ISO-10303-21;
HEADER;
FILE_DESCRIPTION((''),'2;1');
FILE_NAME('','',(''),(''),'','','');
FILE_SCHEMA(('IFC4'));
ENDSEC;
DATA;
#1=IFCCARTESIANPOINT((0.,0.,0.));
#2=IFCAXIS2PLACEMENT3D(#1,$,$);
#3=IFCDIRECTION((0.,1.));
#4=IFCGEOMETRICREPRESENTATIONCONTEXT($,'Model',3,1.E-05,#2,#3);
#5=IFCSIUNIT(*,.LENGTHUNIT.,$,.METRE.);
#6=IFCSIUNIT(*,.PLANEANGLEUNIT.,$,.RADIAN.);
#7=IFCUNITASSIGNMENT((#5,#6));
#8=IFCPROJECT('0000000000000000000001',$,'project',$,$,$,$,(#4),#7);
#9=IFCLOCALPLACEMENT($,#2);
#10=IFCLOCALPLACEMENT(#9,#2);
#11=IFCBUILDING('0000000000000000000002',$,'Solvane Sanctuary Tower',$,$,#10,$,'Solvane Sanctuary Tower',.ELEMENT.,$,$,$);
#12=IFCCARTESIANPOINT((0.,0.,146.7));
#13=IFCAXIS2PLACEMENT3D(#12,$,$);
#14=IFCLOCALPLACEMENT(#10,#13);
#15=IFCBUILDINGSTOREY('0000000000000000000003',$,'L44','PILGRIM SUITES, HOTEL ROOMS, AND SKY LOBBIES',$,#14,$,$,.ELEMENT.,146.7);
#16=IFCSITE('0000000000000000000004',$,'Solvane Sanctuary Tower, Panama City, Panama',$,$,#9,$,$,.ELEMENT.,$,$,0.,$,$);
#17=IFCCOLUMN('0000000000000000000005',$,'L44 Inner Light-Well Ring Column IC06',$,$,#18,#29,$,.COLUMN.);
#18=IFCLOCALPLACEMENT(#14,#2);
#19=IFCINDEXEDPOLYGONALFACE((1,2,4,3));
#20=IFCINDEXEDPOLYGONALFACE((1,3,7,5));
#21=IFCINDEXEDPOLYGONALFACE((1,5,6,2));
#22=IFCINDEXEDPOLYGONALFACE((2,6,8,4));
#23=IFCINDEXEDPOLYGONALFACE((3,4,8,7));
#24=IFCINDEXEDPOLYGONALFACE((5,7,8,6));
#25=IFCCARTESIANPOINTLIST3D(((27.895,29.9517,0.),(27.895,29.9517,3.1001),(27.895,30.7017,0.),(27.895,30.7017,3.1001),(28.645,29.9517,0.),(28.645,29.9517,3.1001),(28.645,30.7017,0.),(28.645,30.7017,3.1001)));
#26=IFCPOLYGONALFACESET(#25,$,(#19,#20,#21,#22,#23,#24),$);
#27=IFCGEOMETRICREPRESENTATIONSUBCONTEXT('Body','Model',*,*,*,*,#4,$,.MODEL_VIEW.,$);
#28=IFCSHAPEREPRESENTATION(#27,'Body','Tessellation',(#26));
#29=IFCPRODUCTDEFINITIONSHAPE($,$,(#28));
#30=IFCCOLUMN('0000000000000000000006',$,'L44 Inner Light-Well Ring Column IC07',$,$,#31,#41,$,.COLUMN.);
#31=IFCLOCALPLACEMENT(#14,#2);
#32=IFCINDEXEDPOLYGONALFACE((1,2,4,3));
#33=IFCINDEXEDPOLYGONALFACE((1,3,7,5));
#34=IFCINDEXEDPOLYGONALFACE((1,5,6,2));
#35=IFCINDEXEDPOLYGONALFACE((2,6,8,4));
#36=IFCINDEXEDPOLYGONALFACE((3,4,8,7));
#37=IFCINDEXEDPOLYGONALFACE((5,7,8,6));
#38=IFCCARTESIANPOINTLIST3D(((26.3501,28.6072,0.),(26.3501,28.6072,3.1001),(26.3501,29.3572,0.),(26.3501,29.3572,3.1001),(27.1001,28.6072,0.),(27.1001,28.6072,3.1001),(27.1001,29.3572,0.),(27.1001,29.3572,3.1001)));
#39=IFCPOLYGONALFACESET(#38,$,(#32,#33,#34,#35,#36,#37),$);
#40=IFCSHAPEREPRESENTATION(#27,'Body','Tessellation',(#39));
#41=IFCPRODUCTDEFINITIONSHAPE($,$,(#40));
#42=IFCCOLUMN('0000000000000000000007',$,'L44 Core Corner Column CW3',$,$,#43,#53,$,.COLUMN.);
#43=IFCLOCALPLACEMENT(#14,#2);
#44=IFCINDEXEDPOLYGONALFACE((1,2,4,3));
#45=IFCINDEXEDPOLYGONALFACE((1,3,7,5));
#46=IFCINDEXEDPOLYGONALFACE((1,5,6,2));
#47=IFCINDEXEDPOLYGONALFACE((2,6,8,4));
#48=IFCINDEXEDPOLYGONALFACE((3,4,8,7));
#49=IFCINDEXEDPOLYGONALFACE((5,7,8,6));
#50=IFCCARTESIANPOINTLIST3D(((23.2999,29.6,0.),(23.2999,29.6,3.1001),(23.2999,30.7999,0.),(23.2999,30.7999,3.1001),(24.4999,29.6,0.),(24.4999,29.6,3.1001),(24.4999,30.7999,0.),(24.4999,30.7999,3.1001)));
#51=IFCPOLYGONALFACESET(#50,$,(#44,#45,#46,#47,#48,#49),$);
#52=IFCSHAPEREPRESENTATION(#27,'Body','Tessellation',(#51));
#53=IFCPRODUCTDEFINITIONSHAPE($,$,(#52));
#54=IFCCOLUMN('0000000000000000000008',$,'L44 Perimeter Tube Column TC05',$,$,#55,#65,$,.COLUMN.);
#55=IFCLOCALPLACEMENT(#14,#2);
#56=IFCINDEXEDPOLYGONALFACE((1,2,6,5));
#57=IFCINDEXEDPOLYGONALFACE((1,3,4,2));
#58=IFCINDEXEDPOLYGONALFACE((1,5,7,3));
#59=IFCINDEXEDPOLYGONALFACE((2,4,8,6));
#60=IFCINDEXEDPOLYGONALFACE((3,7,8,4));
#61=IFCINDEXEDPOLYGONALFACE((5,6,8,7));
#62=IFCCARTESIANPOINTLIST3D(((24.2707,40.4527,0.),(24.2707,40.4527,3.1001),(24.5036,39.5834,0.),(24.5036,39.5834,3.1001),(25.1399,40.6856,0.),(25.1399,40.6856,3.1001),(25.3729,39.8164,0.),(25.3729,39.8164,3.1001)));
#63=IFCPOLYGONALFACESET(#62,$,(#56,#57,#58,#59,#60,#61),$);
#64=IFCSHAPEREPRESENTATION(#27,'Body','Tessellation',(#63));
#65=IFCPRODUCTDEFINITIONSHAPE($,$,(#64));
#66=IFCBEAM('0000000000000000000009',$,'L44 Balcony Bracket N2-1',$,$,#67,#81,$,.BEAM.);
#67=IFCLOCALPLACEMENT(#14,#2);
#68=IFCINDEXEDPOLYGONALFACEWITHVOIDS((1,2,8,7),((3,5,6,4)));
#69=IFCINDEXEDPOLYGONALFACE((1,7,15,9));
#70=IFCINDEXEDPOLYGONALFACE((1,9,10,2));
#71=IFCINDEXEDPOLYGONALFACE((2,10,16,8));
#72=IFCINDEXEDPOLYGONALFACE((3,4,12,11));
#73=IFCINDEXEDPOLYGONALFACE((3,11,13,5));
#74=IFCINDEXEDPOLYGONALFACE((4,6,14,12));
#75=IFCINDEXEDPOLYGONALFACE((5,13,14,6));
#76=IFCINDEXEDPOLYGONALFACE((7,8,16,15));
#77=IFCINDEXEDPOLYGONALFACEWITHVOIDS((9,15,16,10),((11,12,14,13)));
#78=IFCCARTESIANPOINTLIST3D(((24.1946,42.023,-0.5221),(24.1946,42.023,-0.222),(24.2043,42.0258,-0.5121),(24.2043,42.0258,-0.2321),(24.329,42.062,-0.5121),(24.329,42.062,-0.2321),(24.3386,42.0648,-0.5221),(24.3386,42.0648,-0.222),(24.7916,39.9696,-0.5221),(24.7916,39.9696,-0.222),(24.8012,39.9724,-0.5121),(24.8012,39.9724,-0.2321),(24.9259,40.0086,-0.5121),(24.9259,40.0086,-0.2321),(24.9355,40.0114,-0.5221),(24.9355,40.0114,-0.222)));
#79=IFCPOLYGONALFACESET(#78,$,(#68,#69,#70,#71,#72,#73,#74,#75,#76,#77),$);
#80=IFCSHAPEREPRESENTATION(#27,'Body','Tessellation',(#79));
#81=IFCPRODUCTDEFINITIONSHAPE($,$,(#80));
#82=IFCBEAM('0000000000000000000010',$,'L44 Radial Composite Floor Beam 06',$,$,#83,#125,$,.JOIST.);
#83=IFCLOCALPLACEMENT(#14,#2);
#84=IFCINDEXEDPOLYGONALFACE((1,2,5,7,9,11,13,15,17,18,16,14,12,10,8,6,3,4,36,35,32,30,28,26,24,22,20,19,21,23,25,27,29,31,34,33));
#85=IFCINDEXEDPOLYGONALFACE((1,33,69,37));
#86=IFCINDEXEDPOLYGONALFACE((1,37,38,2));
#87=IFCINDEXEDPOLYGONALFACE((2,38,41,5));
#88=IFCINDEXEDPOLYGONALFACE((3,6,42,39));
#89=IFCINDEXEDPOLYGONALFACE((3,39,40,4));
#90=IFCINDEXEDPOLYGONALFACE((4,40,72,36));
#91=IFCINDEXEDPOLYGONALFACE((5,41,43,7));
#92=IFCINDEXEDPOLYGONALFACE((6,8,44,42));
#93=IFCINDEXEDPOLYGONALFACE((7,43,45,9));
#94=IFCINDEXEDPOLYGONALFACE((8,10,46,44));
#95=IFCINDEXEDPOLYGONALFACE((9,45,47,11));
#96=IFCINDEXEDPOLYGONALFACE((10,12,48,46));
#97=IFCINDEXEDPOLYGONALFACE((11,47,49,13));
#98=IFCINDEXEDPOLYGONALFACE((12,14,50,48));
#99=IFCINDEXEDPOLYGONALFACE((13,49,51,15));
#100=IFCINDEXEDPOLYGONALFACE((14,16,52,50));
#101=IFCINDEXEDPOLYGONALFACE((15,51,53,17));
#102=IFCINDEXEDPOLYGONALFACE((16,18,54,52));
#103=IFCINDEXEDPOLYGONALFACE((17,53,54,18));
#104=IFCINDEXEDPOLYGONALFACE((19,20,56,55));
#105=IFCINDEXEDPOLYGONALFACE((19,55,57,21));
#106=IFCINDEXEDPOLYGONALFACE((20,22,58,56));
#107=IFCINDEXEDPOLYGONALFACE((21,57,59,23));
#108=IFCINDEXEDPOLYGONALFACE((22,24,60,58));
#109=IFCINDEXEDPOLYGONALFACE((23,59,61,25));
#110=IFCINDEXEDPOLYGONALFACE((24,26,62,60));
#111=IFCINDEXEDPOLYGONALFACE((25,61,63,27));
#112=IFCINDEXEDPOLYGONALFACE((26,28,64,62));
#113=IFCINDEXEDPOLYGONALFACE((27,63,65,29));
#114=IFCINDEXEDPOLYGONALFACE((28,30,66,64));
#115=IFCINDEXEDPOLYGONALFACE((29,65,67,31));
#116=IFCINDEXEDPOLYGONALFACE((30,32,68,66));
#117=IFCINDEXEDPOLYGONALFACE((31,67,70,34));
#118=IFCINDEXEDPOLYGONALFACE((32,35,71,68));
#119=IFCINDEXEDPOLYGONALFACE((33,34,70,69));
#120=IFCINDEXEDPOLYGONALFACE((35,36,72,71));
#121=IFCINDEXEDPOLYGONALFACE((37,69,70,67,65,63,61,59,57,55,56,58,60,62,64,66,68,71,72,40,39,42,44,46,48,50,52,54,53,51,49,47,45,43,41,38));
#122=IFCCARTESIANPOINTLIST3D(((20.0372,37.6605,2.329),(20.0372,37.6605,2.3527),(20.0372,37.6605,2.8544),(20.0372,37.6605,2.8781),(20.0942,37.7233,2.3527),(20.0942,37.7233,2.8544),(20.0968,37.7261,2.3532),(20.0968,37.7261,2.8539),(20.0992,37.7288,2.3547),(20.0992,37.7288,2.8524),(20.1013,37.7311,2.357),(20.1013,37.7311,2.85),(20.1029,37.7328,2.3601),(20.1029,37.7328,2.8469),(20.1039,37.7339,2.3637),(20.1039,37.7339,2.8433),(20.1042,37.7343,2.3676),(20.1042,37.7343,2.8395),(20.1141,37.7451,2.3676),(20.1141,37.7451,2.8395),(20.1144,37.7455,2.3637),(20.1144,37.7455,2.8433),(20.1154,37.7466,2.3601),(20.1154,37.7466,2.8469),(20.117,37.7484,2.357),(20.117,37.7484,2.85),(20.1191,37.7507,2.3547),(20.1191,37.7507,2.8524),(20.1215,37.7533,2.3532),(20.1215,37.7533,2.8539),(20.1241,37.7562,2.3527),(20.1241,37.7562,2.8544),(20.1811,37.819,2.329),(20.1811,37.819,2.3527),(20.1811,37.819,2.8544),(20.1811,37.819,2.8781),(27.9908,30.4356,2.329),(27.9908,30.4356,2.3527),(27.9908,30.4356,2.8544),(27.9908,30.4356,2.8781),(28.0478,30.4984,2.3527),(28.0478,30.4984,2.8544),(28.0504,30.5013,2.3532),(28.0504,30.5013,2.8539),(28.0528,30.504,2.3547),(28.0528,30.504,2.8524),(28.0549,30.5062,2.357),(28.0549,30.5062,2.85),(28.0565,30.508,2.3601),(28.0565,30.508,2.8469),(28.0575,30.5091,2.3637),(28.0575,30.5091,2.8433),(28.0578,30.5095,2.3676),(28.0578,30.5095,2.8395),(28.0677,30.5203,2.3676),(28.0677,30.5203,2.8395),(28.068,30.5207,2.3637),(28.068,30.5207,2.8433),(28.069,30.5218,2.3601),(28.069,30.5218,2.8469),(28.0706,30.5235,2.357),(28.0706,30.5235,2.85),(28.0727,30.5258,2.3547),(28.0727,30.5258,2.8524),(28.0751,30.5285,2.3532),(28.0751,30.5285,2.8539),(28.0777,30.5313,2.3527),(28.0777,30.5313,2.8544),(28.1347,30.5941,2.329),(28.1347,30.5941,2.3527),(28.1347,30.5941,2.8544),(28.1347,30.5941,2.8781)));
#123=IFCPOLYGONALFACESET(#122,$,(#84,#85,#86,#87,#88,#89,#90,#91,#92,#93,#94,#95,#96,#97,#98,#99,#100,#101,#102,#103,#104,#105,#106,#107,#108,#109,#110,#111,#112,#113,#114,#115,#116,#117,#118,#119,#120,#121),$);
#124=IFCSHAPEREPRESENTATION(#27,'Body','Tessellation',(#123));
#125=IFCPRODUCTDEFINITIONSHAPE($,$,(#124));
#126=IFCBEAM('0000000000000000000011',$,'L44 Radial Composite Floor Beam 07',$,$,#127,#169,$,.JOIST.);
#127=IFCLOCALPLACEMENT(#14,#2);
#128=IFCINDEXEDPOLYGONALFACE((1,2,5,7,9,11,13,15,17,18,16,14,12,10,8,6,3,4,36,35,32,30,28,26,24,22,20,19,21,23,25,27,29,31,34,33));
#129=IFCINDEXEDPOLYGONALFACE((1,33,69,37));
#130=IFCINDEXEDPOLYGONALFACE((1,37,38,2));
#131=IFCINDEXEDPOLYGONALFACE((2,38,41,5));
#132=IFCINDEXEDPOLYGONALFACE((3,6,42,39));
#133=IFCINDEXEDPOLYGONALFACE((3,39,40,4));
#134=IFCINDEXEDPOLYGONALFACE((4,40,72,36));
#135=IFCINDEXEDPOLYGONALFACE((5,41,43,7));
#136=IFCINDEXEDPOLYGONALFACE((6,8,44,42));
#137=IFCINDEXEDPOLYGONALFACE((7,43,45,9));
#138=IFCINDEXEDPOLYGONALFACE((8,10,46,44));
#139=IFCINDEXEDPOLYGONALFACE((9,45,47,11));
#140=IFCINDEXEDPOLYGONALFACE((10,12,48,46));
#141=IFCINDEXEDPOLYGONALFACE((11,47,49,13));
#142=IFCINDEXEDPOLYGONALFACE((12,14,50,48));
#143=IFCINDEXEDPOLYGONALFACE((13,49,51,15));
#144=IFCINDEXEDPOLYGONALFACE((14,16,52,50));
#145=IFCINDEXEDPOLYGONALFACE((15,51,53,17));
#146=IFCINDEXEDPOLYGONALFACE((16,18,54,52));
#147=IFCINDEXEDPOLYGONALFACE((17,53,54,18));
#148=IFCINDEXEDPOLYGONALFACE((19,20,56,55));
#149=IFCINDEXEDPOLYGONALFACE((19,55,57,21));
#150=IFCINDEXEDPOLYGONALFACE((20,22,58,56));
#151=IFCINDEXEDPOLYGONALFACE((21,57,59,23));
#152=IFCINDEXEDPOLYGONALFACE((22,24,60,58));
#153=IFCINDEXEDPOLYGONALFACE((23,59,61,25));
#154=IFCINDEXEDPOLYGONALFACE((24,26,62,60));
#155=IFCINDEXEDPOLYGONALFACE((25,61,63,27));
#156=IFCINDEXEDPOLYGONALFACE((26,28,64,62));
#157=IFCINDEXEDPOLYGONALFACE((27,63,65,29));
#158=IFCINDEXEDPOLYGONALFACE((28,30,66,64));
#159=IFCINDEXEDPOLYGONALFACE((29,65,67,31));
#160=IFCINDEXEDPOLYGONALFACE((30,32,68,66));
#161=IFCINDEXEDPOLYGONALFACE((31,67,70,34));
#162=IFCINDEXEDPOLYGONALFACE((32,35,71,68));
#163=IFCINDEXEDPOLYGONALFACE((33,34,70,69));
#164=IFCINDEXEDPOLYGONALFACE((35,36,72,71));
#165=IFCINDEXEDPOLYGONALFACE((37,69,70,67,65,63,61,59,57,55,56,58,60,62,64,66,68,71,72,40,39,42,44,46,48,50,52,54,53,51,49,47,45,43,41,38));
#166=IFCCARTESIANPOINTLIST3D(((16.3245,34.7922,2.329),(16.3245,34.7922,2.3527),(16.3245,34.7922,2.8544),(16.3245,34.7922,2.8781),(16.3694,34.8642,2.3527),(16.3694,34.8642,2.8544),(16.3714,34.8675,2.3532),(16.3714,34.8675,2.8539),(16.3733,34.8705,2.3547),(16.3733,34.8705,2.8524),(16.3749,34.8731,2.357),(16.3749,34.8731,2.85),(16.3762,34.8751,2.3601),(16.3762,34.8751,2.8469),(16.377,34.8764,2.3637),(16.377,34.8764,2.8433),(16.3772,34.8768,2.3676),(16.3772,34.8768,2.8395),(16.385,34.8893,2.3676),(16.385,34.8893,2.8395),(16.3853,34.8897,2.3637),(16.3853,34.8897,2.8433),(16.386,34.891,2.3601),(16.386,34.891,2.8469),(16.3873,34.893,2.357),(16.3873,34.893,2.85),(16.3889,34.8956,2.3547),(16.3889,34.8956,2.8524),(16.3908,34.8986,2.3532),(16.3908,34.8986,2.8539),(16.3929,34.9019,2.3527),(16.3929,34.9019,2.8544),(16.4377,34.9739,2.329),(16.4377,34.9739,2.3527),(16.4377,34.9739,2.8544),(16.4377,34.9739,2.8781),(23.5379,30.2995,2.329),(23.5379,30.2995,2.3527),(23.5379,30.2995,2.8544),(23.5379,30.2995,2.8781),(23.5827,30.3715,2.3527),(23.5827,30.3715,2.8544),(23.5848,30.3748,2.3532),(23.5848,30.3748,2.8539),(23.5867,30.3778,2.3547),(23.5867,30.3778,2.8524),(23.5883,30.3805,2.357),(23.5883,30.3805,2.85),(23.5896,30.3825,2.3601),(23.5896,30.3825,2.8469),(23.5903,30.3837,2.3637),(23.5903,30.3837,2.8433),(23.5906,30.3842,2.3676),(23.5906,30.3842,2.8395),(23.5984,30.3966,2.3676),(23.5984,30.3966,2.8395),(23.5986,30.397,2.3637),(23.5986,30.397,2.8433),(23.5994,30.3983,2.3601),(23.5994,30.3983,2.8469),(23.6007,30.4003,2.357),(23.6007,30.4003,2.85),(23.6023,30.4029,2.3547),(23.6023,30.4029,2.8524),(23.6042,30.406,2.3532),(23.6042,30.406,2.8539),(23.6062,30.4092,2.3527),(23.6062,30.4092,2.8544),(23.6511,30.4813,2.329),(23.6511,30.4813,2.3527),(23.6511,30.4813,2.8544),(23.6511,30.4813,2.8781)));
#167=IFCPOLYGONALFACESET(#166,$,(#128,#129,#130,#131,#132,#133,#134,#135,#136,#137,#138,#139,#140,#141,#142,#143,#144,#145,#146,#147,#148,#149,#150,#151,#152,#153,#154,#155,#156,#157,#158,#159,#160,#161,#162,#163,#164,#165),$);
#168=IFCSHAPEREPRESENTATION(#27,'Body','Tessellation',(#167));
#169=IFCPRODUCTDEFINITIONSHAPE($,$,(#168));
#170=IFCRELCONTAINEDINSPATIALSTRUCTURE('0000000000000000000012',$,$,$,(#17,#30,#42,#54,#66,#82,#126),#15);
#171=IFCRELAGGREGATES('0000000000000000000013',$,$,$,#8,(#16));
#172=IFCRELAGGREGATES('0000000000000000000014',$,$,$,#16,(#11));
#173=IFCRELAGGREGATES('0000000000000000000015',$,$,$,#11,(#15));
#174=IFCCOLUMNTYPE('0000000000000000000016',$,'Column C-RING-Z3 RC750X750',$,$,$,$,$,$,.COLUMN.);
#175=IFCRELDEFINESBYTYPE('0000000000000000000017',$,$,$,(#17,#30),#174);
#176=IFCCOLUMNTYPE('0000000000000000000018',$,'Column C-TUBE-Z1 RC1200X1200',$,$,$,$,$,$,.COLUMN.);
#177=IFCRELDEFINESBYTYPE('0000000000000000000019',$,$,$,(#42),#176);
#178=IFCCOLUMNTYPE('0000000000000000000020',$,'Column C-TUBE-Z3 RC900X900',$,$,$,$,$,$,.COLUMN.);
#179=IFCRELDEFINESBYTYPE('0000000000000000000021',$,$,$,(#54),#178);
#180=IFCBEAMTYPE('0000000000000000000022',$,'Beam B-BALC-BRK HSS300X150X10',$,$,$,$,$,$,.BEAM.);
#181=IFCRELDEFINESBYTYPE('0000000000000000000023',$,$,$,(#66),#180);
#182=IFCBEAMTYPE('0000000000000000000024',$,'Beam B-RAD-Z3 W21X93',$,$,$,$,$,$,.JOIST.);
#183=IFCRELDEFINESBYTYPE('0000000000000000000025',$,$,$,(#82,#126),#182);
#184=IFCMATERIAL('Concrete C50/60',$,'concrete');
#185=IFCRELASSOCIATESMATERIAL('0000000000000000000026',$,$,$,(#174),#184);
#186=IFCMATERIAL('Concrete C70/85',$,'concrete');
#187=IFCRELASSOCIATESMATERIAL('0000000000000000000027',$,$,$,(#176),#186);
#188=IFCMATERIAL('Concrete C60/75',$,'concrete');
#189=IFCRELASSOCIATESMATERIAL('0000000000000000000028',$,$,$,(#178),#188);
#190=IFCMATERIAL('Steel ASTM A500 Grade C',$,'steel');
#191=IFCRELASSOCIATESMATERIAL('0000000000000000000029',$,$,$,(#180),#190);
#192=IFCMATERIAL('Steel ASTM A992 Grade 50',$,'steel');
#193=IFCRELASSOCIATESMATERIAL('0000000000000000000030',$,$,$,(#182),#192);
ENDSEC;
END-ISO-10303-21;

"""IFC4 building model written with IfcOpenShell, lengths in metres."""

from ifc_helpers import new_model, si_unit, direction, frame, origin, origin_2d, place, context, subcontext, project, spatial, rectangle, hollow_rectangle, i_section, extrude, material, material_profile, profile_set, type_object, element, save


model = new_model("IFC4")

# Units and contexts
model_context = context("Model", 3, precision=1e-05, world=origin(), true_north=direction((0.0, 1.0)))
body_context = subcontext(model_context, "Body", "Model", "MODEL_VIEW")
ifc_project = project(units=[si_unit("LENGTHUNIT", "METRE"), si_unit("PLANEANGLEUNIT", "RADIAN")], contexts=[model_context])

# Site, building, storey
site_placement = place(None, origin())
site = spatial("IfcSite", under=ifc_project, at=site_placement, Name="Solvane Sanctuary Tower, Panama City, Panama", CompositionType="ELEMENT", RefElevation=0.0)
building_placement = place(site_placement, origin())
building = spatial("IfcBuilding", under=site, at=building_placement, Name="Solvane Sanctuary Tower", LongName="Solvane Sanctuary Tower", CompositionType="ELEMENT")
storey_placement = place(building_placement, frame((0.0, 0.0, 146.7)))
storey = spatial("IfcBuildingStorey", under=building, at=storey_placement, Name="L44", Description="PILGRIM SUITES, HOTEL ROOMS, AND SKY LOBBIES", CompositionType="ELEMENT", Elevation=146.7)

# Columns
ifc_material_1 = material(Name="Concrete C50/60", Category="concrete")
ifc_material_profile_1 = material_profile(ifc_material_1, rectangle(XDim=0.75, YDim=0.75, at=origin_2d()), Name="RC750X750")
ifc_profile_set_1 = profile_set([ifc_material_profile_1], Name="Concrete C50/60")
column_type_1 = type_object("IfcColumnType", Name="Column C-RING-Z3 RC750X750", PredefinedType="COLUMN", material=ifc_profile_set_1)
for number, where, z_axis, x_axis, name in (
    (1, (28.27, 30.3267, 0.0), (0.0, 0.0, 1.0), (1.0, 0.0, 0.0), "L44 Inner Light-Well Ring Column IC06"),
    (2, (26.7251, 28.9822, 0.0), (0.0, 0.0, 1.0), (1.0, 0.0, 0.0), "L44 Inner Light-Well Ring Column IC07"),
):
    element("IfcColumn", number, at=place(storey_placement, frame(where, z_axis=z_axis, x_axis=x_axis)), inside=storey, type_object=column_type_1, Name=name, PredefinedType="COLUMN", context=body_context, shape_type="SweptSolid", body=[
        extrude(rectangle(XDim=0.75, YDim=0.75, at=origin_2d()), origin(), (0.0, 0.0, 1.0), 3.1001),
    ])
ifc_material_2 = material(Name="Concrete C70/85", Category="concrete")
ifc_material_profile_2 = material_profile(ifc_material_2, rectangle(XDim=1.2, YDim=1.2, at=origin_2d()), Name="RC1200X1200")
ifc_profile_set_2 = profile_set([ifc_material_profile_2], Name="Concrete C70/85")
column_type_2 = type_object("IfcColumnType", Name="Column C-TUBE-Z1 RC1200X1200", PredefinedType="COLUMN", material=ifc_profile_set_2)
column_1_placement = place(storey_placement, frame((23.8999, 30.2, 0.0), z_axis=(0.0, 0.0, 1.0), x_axis=(1.0, 0.0, 0.0)))
element("IfcColumn", 3, at=column_1_placement, inside=storey, type_object=column_type_2, Name="L44 Core Corner Column CW3", PredefinedType="COLUMN", context=body_context, shape_type="SweptSolid", body=[
    extrude(rectangle(XDim=1.2, YDim=1.2, at=origin_2d()), origin(), (0.0, 0.0, 1.0), 3.1001),
])
ifc_material_3 = material(Name="Concrete C60/75", Category="concrete")
ifc_material_profile_3 = material_profile(ifc_material_3, rectangle(XDim=0.8999, YDim=0.8999, at=origin_2d()), Name="RC900X900")
ifc_profile_set_3 = profile_set([ifc_material_profile_3], Name="Concrete C60/75")
column_type_3 = type_object("IfcColumnType", Name="Column C-TUBE-Z3 RC900X900", PredefinedType="COLUMN", material=ifc_profile_set_3)
column_2_placement = place(storey_placement, frame((24.8218, 40.1345, 0.0), z_axis=(0.0, 0.0, 1.0), x_axis=(-0.258819, 0.965926, 0.0)))
element("IfcColumn", 4, at=column_2_placement, inside=storey, type_object=column_type_3, Name="L44 Perimeter Tube Column TC05", PredefinedType="COLUMN", context=body_context, shape_type="SweptSolid", body=[
    extrude(rectangle(XDim=0.8999, YDim=0.8999, at=origin_2d()), origin(), (0.0, 0.0, 1.0), 3.1001),
])

# Beams
ifc_material_4 = material(Name="Steel ASTM A500 Grade C", Category="steel")
ifc_material_profile_4 = material_profile(ifc_material_4, hollow_rectangle(XDim=0.1499, YDim=0.3, WallThickness=0.01, at=origin_2d()), Name="HSS300X150X10")
ifc_profile_set_4 = profile_set([ifc_material_profile_4], Name="Steel ASTM A500 Grade C")
beam_type_1 = type_object("IfcBeamType", Name="Beam B-BALC-BRK HSS300X150X10", PredefinedType="BEAM", material=ifc_profile_set_4)
beam_1_placement = place(storey_placement, frame((24.8635, 39.9905, -0.3721), z_axis=(-0.279136, 0.960252, 0.0), x_axis=(-0.960252, -0.279136, 0.0)))
element("IfcBeam", 5, at=beam_1_placement, inside=storey, type_object=beam_type_1, Name="L44 Balcony Bracket N2-1", PredefinedType="BEAM", context=body_context, shape_type="SweptSolid", body=[
    extrude(hollow_rectangle(XDim=0.1499, YDim=0.3, WallThickness=0.01, at=origin_2d()), origin(), (0.0, 0.0, 1.0), 2.1384),
])
ifc_material_5 = material(Name="Steel ASTM A992 Grade 50", Category="steel")
ifc_material_profile_5 = material_profile(ifc_material_5, i_section(OverallWidth=0.2141, OverallDepth=0.5491, WebThickness=0.0146, FlangeThickness=0.0237, FilletRadius=0.0149, at=origin_2d()), Name="W21X93")
ifc_profile_set_5 = profile_set([ifc_material_profile_5], Name="Steel ASTM A992 Grade 50")
beam_type_2 = type_object("IfcBeamType", Name="Beam B-RAD-Z3 W21X93", PredefinedType="JOIST", material=ifc_profile_set_5)
beam_2_placement = place(storey_placement, frame((28.0627, 30.5149, 2.6035), z_axis=(-0.740204, 0.672382, 0.0), x_axis=(-0.672382, -0.740204, 0.0)))
element("IfcBeam", 6, at=beam_2_placement, inside=storey, type_object=beam_type_2, Name="L44 Radial Composite Floor Beam 06", PredefinedType="JOIST", context=body_context, shape_type="SweptSolid", body=[
    extrude(i_section(OverallWidth=0.2141, OverallDepth=0.5491, WebThickness=0.0146, FlangeThickness=0.0237, FilletRadius=0.0149, at=origin_2d()), origin(), (0.0, 0.0, 1.0), 10.7451),
])
beam_3_placement = place(storey_placement, frame((23.5945, 30.3904, 2.6035), z_axis=(-0.848827, 0.528671, 0.0), x_axis=(-0.528671, -0.848827, 0.0)))
element("IfcBeam", 7, at=beam_3_placement, inside=storey, type_object=beam_type_2, Name="L44 Radial Composite Floor Beam 07", PredefinedType="JOIST", context=body_context, shape_type="SweptSolid", body=[
    extrude(i_section(OverallWidth=0.2141, OverallDepth=0.5491, WebThickness=0.0146, FlangeThickness=0.0237, FilletRadius=0.0149, at=origin_2d()), origin(), (0.0, 0.0, 1.0), 8.498),
])

save(model, "model.ifc")
